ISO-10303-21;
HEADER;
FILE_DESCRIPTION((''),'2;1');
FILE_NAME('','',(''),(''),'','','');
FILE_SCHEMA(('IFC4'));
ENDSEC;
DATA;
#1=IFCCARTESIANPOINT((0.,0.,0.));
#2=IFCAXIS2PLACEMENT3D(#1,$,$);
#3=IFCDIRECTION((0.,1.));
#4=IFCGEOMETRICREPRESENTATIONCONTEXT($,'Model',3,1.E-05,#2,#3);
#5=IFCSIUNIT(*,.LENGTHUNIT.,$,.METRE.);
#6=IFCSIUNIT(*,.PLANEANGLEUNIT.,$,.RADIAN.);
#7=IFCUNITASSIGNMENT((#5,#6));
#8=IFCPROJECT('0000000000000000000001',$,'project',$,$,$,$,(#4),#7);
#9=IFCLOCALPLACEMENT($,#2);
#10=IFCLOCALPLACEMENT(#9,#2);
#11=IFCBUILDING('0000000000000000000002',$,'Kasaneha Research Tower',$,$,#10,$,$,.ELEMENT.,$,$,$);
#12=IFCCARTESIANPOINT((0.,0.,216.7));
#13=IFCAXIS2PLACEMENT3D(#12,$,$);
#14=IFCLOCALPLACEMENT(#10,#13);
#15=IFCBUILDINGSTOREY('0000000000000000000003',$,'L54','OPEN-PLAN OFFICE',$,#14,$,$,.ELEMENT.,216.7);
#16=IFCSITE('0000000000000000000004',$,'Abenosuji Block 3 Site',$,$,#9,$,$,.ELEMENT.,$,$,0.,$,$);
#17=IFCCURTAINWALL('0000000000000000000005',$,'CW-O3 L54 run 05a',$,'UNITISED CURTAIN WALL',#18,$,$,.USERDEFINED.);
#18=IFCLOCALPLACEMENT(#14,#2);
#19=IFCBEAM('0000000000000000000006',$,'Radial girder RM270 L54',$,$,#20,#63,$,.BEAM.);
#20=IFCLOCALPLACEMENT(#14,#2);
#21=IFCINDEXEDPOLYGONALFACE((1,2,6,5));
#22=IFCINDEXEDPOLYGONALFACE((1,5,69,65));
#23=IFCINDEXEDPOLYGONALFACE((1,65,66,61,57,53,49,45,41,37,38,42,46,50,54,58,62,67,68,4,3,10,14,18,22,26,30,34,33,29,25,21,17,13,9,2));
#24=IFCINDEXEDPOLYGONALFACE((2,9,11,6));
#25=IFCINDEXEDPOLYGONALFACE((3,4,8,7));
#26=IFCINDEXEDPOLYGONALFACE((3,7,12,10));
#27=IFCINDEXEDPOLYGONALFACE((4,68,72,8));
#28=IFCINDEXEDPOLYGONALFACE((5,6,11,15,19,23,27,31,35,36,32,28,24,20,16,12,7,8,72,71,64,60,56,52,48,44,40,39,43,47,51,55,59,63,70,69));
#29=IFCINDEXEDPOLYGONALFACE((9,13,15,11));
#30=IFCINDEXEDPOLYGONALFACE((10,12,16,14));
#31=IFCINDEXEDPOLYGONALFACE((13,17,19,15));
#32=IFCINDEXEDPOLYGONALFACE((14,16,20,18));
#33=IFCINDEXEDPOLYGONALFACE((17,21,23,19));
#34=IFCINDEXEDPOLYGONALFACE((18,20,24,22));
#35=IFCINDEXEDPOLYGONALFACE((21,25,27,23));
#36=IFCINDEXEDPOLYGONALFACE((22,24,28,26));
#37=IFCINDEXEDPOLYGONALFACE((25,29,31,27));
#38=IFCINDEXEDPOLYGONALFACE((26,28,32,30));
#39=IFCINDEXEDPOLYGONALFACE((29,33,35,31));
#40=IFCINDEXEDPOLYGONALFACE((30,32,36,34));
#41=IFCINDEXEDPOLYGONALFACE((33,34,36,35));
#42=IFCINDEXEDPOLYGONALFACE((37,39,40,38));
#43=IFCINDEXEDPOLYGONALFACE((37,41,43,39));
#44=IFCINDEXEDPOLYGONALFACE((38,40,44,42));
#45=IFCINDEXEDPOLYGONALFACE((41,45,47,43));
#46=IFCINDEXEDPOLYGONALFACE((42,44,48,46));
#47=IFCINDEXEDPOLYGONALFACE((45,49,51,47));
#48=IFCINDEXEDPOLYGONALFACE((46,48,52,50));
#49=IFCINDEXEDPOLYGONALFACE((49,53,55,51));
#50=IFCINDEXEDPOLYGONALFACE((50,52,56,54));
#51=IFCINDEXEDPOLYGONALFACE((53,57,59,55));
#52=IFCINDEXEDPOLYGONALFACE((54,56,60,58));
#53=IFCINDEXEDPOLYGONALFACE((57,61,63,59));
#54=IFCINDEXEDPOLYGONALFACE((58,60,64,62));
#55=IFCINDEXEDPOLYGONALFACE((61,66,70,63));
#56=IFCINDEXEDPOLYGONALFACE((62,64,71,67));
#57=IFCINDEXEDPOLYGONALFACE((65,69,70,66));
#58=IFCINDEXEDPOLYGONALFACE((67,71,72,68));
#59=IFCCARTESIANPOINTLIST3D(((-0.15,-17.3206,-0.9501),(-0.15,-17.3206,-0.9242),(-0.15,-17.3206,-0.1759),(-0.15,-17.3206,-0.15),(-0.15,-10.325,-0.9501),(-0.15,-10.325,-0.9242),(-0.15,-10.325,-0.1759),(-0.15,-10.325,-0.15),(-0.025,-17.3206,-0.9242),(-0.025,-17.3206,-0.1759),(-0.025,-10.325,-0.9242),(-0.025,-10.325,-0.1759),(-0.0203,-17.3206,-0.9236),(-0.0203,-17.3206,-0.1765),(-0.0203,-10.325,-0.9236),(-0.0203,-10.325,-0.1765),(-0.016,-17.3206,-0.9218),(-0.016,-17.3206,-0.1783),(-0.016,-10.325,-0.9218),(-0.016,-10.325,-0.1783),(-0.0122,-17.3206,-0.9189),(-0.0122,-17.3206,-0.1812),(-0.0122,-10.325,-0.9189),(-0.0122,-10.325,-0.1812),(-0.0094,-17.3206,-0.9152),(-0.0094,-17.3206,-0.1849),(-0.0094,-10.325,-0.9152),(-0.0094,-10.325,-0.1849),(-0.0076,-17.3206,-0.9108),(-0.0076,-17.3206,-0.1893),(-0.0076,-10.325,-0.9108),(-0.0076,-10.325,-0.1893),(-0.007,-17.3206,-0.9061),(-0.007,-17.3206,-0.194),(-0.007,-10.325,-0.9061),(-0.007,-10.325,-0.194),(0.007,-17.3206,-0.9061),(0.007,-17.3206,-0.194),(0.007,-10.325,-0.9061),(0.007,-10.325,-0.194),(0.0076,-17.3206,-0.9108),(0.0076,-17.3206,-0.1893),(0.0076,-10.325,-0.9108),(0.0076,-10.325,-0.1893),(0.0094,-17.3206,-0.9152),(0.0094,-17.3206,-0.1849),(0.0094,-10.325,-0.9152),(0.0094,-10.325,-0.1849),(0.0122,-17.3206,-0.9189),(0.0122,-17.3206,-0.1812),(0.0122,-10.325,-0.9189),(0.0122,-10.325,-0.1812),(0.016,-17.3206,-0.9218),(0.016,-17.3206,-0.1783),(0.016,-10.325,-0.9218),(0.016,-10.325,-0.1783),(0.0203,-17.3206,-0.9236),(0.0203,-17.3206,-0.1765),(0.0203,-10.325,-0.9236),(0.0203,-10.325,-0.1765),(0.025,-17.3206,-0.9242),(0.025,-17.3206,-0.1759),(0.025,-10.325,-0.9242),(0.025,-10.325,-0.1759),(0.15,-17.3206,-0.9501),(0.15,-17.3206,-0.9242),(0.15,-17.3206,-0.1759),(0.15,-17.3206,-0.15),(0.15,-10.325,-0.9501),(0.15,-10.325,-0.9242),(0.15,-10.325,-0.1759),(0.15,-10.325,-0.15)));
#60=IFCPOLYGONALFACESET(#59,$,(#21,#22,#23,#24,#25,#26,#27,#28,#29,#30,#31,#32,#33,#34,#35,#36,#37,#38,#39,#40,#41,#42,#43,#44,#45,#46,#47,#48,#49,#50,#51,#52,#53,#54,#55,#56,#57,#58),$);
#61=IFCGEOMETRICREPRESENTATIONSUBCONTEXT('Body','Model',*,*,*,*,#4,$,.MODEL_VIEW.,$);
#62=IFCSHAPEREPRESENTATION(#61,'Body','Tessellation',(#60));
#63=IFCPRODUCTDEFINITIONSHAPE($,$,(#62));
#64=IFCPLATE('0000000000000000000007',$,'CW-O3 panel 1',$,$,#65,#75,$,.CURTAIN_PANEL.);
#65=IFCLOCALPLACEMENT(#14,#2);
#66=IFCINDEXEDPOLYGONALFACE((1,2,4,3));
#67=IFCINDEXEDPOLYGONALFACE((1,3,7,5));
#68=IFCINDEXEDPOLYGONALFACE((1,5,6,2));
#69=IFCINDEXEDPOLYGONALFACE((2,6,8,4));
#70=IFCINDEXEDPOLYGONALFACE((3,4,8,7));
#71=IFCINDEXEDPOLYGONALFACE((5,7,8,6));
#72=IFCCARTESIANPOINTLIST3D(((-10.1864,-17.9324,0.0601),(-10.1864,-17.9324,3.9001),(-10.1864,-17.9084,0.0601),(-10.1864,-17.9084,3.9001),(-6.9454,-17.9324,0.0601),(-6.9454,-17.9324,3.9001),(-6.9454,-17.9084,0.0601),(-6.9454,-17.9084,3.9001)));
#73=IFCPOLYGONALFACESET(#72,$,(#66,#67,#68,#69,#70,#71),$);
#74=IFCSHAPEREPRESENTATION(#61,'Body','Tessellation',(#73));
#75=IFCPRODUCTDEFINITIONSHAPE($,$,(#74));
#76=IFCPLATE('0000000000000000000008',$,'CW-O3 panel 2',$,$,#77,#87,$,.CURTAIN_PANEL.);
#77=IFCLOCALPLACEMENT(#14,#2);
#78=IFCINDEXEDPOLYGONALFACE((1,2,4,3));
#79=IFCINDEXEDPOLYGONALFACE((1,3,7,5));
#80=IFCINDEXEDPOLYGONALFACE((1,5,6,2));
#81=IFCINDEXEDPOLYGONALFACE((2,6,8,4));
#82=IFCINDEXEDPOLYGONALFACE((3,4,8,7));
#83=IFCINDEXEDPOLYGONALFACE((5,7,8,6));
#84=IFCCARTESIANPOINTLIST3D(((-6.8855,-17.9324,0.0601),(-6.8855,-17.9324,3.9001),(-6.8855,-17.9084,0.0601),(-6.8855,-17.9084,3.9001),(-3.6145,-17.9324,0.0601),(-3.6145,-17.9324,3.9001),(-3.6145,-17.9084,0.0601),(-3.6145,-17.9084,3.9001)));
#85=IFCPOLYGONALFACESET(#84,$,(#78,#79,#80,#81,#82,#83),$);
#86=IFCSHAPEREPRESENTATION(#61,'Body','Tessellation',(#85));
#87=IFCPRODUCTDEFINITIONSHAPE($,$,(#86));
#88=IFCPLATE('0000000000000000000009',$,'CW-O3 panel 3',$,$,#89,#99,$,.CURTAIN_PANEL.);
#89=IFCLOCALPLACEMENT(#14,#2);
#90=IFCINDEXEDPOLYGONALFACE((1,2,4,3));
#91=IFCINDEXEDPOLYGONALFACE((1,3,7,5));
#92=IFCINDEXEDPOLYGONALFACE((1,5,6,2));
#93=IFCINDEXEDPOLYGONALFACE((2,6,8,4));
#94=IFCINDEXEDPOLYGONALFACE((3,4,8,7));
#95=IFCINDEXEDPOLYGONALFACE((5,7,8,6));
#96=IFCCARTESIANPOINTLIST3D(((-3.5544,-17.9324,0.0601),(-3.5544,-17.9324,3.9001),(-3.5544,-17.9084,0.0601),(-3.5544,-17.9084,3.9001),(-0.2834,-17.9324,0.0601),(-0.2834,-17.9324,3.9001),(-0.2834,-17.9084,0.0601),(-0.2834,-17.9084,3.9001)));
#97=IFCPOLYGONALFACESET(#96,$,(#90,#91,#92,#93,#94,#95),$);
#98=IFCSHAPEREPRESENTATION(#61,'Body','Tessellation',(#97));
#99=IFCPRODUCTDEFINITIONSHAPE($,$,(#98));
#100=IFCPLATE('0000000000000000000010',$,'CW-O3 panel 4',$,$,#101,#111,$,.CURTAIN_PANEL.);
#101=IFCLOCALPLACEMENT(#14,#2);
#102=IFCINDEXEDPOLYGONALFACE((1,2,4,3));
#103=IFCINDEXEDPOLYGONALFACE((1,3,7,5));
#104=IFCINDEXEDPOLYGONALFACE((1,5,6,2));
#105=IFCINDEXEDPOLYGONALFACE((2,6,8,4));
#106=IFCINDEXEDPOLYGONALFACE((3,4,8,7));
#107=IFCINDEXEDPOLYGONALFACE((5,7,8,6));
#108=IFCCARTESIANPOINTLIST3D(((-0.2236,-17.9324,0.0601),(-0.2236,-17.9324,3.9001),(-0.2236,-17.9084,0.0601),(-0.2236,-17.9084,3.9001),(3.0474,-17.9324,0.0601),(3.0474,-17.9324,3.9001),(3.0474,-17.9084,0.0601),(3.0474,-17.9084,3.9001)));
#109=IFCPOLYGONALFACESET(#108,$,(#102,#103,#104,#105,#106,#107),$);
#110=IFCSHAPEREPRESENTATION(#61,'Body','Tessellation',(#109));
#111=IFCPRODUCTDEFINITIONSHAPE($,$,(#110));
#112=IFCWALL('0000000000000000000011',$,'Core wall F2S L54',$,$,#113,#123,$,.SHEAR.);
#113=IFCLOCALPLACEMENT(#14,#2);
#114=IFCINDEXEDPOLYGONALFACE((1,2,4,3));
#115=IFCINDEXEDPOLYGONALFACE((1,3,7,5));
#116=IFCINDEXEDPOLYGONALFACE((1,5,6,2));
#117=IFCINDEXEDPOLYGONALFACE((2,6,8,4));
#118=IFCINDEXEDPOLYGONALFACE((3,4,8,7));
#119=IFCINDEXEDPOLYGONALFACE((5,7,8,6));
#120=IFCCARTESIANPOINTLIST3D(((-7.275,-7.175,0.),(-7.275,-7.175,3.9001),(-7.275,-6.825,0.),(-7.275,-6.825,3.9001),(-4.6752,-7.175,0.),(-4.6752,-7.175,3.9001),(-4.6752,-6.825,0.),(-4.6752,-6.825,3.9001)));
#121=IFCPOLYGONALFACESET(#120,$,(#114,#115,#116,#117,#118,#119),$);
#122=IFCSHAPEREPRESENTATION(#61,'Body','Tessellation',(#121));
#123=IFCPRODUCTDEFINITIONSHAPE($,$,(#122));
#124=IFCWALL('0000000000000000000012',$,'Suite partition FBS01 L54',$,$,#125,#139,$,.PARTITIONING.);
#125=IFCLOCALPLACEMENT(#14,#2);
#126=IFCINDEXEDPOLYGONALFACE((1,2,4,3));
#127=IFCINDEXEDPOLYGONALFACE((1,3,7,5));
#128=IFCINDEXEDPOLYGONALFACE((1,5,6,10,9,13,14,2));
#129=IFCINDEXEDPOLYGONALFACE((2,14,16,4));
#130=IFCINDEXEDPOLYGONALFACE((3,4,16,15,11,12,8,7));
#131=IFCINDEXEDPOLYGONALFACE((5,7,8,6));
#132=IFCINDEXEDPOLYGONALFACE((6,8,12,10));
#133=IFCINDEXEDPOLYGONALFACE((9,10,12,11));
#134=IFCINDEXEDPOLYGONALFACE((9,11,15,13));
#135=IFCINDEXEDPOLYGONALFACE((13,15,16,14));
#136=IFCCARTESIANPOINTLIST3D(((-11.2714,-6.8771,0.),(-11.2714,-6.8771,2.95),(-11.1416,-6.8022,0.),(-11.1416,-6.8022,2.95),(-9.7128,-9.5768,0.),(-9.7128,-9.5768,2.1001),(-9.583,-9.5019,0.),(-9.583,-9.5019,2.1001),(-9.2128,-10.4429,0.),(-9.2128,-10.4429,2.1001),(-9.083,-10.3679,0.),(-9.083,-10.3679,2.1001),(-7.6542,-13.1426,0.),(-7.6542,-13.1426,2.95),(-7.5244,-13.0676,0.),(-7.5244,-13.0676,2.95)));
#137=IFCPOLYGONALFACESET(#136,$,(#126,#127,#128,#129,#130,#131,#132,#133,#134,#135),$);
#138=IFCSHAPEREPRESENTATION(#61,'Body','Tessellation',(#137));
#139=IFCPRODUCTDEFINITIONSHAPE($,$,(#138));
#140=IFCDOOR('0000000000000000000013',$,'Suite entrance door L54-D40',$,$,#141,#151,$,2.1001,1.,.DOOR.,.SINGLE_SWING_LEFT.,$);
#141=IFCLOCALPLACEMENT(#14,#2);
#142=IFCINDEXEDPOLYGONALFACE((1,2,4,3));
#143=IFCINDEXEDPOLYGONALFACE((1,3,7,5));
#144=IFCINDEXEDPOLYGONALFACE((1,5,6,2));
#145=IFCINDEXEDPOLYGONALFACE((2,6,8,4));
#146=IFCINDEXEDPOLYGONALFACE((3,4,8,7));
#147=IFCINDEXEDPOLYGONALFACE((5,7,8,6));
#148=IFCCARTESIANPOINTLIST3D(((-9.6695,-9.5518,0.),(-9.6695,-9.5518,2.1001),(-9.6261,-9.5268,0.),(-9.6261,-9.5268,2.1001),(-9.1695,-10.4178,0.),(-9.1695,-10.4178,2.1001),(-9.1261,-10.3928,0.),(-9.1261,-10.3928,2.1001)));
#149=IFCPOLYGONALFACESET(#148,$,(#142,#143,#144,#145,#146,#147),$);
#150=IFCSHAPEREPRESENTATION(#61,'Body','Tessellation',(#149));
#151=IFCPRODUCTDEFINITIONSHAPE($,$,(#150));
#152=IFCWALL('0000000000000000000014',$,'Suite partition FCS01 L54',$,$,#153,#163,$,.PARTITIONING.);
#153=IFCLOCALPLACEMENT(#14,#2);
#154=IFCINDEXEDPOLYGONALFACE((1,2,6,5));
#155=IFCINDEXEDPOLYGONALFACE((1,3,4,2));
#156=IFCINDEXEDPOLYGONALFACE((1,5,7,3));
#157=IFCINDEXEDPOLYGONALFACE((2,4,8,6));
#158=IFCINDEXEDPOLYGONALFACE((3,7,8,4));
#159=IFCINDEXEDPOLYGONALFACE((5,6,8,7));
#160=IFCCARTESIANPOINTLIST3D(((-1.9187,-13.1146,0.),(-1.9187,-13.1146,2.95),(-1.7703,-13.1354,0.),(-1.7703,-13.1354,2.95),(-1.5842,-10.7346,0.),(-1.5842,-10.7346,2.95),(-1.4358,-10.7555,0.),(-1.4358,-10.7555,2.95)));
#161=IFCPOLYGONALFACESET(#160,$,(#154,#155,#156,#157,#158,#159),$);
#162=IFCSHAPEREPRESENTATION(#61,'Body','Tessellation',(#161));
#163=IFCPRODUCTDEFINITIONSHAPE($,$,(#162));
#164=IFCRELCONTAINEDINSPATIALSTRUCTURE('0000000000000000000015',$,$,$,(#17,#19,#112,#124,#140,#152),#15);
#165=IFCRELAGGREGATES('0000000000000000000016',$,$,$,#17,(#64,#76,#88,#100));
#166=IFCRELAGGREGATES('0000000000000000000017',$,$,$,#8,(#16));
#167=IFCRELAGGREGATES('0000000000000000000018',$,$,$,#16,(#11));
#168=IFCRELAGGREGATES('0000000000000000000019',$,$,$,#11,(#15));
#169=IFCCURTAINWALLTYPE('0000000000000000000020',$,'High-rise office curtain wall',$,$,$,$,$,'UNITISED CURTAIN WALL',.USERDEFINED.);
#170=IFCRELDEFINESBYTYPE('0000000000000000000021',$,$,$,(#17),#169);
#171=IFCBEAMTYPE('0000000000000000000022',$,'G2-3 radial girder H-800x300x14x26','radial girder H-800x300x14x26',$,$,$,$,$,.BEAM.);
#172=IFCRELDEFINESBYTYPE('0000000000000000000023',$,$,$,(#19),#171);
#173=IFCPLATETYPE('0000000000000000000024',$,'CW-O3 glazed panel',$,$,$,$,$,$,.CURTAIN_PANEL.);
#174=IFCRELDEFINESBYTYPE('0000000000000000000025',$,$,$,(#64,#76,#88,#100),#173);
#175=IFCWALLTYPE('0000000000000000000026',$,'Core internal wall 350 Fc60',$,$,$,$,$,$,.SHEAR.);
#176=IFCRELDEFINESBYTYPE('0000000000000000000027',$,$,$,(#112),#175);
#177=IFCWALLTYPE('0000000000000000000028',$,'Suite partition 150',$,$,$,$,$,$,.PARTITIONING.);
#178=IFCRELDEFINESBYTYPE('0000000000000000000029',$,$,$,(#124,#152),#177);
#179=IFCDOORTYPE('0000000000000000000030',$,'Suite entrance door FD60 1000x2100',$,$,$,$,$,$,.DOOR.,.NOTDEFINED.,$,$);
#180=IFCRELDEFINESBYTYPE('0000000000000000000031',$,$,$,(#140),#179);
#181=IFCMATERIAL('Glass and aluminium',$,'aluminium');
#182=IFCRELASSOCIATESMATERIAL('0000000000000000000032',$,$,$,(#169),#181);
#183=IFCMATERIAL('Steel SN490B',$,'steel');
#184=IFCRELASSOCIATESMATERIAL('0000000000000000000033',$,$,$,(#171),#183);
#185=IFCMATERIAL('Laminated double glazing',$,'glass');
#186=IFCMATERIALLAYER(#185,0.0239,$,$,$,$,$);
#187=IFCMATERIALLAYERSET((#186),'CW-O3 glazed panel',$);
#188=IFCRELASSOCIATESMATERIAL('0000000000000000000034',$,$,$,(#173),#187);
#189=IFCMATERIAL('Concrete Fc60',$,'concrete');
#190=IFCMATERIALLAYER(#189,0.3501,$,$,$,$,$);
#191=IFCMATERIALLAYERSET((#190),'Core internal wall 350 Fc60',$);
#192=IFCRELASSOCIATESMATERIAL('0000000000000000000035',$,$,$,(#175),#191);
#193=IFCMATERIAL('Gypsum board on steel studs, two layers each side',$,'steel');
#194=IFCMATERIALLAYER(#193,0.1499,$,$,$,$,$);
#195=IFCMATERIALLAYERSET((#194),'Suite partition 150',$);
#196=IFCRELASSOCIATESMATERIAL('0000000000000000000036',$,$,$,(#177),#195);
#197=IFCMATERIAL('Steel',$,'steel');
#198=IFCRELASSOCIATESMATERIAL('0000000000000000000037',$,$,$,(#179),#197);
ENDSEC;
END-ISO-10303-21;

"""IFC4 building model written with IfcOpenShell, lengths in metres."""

from ifc_helpers import new_model, si_unit, direction, frame, frame_2d, origin, origin_2d, place, context, subcontext, project, spatial, rectangle, i_section, extrude, material, layer, layer_set, material_profile, profile_set, type_object, element, fill, aggregate, save


model = new_model("IFC4")

# Units and contexts
model_context = context("Model", 3, precision=1e-05, world=origin(), true_north=direction((0.0, 1.0)))
body_context = subcontext(model_context, "Body", "Model", "MODEL_VIEW")
ifc_project = project(units=[si_unit("LENGTHUNIT", "METRE"), si_unit("PLANEANGLEUNIT", "RADIAN")], contexts=[model_context])

# Site, building, storey
site_placement = place(None, origin())
site = spatial("IfcSite", under=ifc_project, at=site_placement, Name="Abenosuji Block 3 Site", CompositionType="ELEMENT", RefElevation=0.0)
building_placement = place(site_placement, origin())
building = spatial("IfcBuilding", under=site, at=building_placement, Name="Kasaneha Research Tower", CompositionType="ELEMENT")
storey_placement = place(building_placement, frame((0.0, 0.0, 216.7)))
storey = spatial("IfcBuildingStorey", under=building, at=storey_placement, Name="L54", Description="OPEN-PLAN OFFICE", CompositionType="ELEMENT", Elevation=216.7)

# Curtain wall
ifc_material_1 = material(Name="Glass and aluminium", Category="aluminium")
curtain_wall_type = type_object("IfcCurtainWallType", Name="High-rise office curtain wall", ElementType="UNITISED CURTAIN WALL", PredefinedType="USERDEFINED", material=ifc_material_1)
curtain_wall_placement = place(storey_placement, origin())
curtain_wall = element("IfcCurtainWall", 1, at=curtain_wall_placement, inside=storey, type_object=curtain_wall_type, Name="CW-O3 L54 run 05a", ObjectType="UNITISED CURTAIN WALL", PredefinedType="USERDEFINED")

# Beam
ifc_material_2 = material(Name="Steel SN490B", Category="steel")
ifc_material_profile_1 = material_profile(ifc_material_2, i_section(OverallWidth=0.3, OverallDepth=0.8, WebThickness=0.0139, FlangeThickness=0.0259, FilletRadius=0.0181, at=origin_2d()), Name="H-800x300x14x26")
ifc_profile_set_1 = profile_set([ifc_material_profile_1], Name="Steel SN490B")
beam_type_1 = type_object("IfcBeamType", Name="G2-3 radial girder H-800x300x14x26", Description="radial girder H-800x300x14x26", PredefinedType="BEAM", material=ifc_profile_set_1)
beam_1_placement = place(storey_placement, frame((0.0, -10.325, -0.55), z_axis=(0.0, -1.0, 0.0), x_axis=(1.0, 0.0, 0.0)))
element("IfcBeam", 2, at=beam_1_placement, inside=storey, type_object=beam_type_1, Name="Radial girder RM270 L54", PredefinedType="BEAM", context=body_context, shape_type="SweptSolid", body=[
    extrude(i_section(OverallWidth=0.3, OverallDepth=0.8, WebThickness=0.0139, FlangeThickness=0.0259, FilletRadius=0.0181, at=origin_2d()), origin(), (0.0, 0.0, 1.0), 6.9956),
])

# Plates
ifc_material_3 = material(Name="Laminated double glazing", Category="glass")
ifc_layer_1 = layer(ifc_material_3, 0.0239)
ifc_layer_set_1 = layer_set([ifc_layer_1], Name="CW-O3 glazed panel")
plate_type = type_object("IfcPlateType", Name="CW-O3 glazed panel", PredefinedType="CURTAIN_PANEL", material=ifc_layer_set_1)
plate_1_placement = place(storey_placement, frame((-8.5659, -17.9204, 0.0601), z_axis=(0.0, 0.0, 1.0), x_axis=(1.0, 0.0, 0.0)))
plate_1 = element("IfcPlate", 3, at=plate_1_placement, type_object=plate_type, Name="CW-O3 panel 1", PredefinedType="CURTAIN_PANEL", context=body_context, shape_type="SweptSolid", body=[
    extrude(rectangle(XDim=3.241, YDim=0.0239, at=origin_2d()), origin(), (0.0, 0.0, 1.0), 3.8401),
])
plate_2_placement = place(storey_placement, frame((-5.25, -17.9204, 0.0601), z_axis=(0.0, 0.0, 1.0), x_axis=(1.0, 0.0, 0.0)))
plate_2 = element("IfcPlate", 4, at=plate_2_placement, type_object=plate_type, Name="CW-O3 panel 2", PredefinedType="CURTAIN_PANEL", context=body_context, shape_type="SweptSolid", body=[
    extrude(rectangle(XDim=3.271, YDim=0.0239, at=origin_2d()), origin(), (0.0, 0.0, 1.0), 3.8401),
])
plate_3_placement = place(storey_placement, frame((-1.9189, -17.9204, 0.0601), z_axis=(0.0, 0.0, 1.0), x_axis=(1.0, 0.0, 0.0)))
plate_3 = element("IfcPlate", 5, at=plate_3_placement, type_object=plate_type, Name="CW-O3 panel 3", PredefinedType="CURTAIN_PANEL", context=body_context, shape_type="SweptSolid", body=[
    extrude(rectangle(XDim=3.271, YDim=0.0239, at=origin_2d()), origin(), (0.0, 0.0, 1.0), 3.8401),
])
plate_4_placement = place(storey_placement, frame((1.4119, -17.9204, 0.0601), z_axis=(0.0, 0.0, 1.0), x_axis=(1.0, 0.0, 0.0)))
plate_4 = element("IfcPlate", 6, at=plate_4_placement, type_object=plate_type, Name="CW-O3 panel 4", PredefinedType="CURTAIN_PANEL", context=body_context, shape_type="SweptSolid", body=[
    extrude(rectangle(XDim=3.271, YDim=0.0239, at=origin_2d()), origin(), (0.0, 0.0, 1.0), 3.8401),
])
aggregate(curtain_wall, [plate_1, plate_2, plate_3, plate_4])

# Wall
ifc_material_4 = material(Name="Concrete Fc60", Category="concrete")
ifc_layer_2 = layer(ifc_material_4, 0.3501)
ifc_layer_set_2 = layer_set([ifc_layer_2], Name="Core internal wall 350 Fc60")
wall_type_1 = type_object("IfcWallType", Name="Core internal wall 350 Fc60", PredefinedType="SHEAR", material=ifc_layer_set_2)
wall_1_placement = place(storey_placement, frame((-7.2749, -7.0, 0.0), z_axis=(0.0, 0.0, 1.0), x_axis=(1.0, 0.0, 0.0)))
element("IfcWall", 7, at=wall_1_placement, inside=storey, type_object=wall_type_1, Name="Core wall F2S L54", PredefinedType="SHEAR", context=body_context, shape_type="SweptSolid", body=[
    extrude(rectangle(XDim=2.5999, YDim=0.3501, at=frame_2d((1.2998, 0.0))), origin(), (0.0, 0.0, 1.0), 3.9001),
])

# Wall, opening, door
ifc_material_5 = material(Name="Gypsum board on steel studs, two layers each side", Category="steel")
ifc_layer_3 = layer(ifc_material_5, 0.1499)
ifc_layer_set_3 = layer_set([ifc_layer_3], Name="Suite partition 150")
wall_type_2 = type_object("IfcWallType", Name="Suite partition 150", PredefinedType="PARTITIONING", material=ifc_layer_set_3)
wall_2_placement = place(storey_placement, frame((-7.5894, -13.105, 0.0), z_axis=(0.0, 0.0, 1.0), x_axis=(-0.499986, 0.866033, 0.0)))
wall_2 = element("IfcWall", 8, at=wall_2_placement, inside=storey, type_object=wall_type_2, Name="Suite partition FBS01 L54", PredefinedType="PARTITIONING", context=body_context, shape_type="SweptSolid", body=[
    extrude(rectangle(XDim=7.2346, YDim=0.1499, at=frame_2d((3.6172, 0.0))), origin(), (0.0, 0.0, 1.0), 2.95),
])
opening_1_placement = place(wall_2_placement, frame((3.1172, 0.0, 0.0)))
opening_1 = element("IfcOpeningElement", 9, at=opening_1_placement, cuts=wall_2, PredefinedType="OPENING", context=body_context, shape_type="SweptSolid", body=[
    extrude(rectangle(XDim=1.0, YDim=2.1001, at=frame_2d((0.5, 1.05))), frame((0.0, 0.085, 0.0), z_axis=(0.0, -1.0, 0.0), x_axis=(1.0, 0.0, 0.0)), (0.0, 0.0, 1.0), 0.1699),
])
ifc_material_6 = material(Name="Steel", Category="steel")
door_type_1 = type_object("IfcDoorType", Name="Suite entrance door FD60 1000x2100", OperationType="NOTDEFINED", PredefinedType="DOOR", material=ifc_material_6)
door_1_placement = place(opening_1_placement, origin())
door_1 = element("IfcDoor", 10, at=door_1_placement, inside=storey, type_object=door_type_1, Name="Suite entrance door L54-D40", OperationType="SINGLE_SWING_LEFT", OverallHeight=2.1001, OverallWidth=1.0, PredefinedType="DOOR", context=body_context, shape_type="SweptSolid", body=[
    extrude(rectangle(XDim=1.0, YDim=2.1001, at=frame_2d((0.5, 1.05))), frame((0.0, 0.0249, 0.0), z_axis=(0.0, -1.0, 0.0), x_axis=(1.0, 0.0, 0.0)), (0.0, 0.0, 1.0), 0.05),
])
fill(opening_1, door_1)

# Wall
wall_3_placement = place(storey_placement, frame((-1.8445, -13.125, 0.0), z_axis=(0.0, 0.0, 1.0), x_axis=(0.139174, 0.990268, 0.0)))
element("IfcWall", 11, at=wall_3_placement, inside=storey, type_object=wall_type_2, Name="Suite partition FCS01 L54", PredefinedType="PARTITIONING", context=body_context, shape_type="SweptSolid", body=[
    extrude(rectangle(XDim=2.4033, YDim=0.1499, at=frame_2d((1.2017, 0.0))), origin(), (0.0, 0.0, 1.0), 2.95),
])

save(model, "model.ifc")
